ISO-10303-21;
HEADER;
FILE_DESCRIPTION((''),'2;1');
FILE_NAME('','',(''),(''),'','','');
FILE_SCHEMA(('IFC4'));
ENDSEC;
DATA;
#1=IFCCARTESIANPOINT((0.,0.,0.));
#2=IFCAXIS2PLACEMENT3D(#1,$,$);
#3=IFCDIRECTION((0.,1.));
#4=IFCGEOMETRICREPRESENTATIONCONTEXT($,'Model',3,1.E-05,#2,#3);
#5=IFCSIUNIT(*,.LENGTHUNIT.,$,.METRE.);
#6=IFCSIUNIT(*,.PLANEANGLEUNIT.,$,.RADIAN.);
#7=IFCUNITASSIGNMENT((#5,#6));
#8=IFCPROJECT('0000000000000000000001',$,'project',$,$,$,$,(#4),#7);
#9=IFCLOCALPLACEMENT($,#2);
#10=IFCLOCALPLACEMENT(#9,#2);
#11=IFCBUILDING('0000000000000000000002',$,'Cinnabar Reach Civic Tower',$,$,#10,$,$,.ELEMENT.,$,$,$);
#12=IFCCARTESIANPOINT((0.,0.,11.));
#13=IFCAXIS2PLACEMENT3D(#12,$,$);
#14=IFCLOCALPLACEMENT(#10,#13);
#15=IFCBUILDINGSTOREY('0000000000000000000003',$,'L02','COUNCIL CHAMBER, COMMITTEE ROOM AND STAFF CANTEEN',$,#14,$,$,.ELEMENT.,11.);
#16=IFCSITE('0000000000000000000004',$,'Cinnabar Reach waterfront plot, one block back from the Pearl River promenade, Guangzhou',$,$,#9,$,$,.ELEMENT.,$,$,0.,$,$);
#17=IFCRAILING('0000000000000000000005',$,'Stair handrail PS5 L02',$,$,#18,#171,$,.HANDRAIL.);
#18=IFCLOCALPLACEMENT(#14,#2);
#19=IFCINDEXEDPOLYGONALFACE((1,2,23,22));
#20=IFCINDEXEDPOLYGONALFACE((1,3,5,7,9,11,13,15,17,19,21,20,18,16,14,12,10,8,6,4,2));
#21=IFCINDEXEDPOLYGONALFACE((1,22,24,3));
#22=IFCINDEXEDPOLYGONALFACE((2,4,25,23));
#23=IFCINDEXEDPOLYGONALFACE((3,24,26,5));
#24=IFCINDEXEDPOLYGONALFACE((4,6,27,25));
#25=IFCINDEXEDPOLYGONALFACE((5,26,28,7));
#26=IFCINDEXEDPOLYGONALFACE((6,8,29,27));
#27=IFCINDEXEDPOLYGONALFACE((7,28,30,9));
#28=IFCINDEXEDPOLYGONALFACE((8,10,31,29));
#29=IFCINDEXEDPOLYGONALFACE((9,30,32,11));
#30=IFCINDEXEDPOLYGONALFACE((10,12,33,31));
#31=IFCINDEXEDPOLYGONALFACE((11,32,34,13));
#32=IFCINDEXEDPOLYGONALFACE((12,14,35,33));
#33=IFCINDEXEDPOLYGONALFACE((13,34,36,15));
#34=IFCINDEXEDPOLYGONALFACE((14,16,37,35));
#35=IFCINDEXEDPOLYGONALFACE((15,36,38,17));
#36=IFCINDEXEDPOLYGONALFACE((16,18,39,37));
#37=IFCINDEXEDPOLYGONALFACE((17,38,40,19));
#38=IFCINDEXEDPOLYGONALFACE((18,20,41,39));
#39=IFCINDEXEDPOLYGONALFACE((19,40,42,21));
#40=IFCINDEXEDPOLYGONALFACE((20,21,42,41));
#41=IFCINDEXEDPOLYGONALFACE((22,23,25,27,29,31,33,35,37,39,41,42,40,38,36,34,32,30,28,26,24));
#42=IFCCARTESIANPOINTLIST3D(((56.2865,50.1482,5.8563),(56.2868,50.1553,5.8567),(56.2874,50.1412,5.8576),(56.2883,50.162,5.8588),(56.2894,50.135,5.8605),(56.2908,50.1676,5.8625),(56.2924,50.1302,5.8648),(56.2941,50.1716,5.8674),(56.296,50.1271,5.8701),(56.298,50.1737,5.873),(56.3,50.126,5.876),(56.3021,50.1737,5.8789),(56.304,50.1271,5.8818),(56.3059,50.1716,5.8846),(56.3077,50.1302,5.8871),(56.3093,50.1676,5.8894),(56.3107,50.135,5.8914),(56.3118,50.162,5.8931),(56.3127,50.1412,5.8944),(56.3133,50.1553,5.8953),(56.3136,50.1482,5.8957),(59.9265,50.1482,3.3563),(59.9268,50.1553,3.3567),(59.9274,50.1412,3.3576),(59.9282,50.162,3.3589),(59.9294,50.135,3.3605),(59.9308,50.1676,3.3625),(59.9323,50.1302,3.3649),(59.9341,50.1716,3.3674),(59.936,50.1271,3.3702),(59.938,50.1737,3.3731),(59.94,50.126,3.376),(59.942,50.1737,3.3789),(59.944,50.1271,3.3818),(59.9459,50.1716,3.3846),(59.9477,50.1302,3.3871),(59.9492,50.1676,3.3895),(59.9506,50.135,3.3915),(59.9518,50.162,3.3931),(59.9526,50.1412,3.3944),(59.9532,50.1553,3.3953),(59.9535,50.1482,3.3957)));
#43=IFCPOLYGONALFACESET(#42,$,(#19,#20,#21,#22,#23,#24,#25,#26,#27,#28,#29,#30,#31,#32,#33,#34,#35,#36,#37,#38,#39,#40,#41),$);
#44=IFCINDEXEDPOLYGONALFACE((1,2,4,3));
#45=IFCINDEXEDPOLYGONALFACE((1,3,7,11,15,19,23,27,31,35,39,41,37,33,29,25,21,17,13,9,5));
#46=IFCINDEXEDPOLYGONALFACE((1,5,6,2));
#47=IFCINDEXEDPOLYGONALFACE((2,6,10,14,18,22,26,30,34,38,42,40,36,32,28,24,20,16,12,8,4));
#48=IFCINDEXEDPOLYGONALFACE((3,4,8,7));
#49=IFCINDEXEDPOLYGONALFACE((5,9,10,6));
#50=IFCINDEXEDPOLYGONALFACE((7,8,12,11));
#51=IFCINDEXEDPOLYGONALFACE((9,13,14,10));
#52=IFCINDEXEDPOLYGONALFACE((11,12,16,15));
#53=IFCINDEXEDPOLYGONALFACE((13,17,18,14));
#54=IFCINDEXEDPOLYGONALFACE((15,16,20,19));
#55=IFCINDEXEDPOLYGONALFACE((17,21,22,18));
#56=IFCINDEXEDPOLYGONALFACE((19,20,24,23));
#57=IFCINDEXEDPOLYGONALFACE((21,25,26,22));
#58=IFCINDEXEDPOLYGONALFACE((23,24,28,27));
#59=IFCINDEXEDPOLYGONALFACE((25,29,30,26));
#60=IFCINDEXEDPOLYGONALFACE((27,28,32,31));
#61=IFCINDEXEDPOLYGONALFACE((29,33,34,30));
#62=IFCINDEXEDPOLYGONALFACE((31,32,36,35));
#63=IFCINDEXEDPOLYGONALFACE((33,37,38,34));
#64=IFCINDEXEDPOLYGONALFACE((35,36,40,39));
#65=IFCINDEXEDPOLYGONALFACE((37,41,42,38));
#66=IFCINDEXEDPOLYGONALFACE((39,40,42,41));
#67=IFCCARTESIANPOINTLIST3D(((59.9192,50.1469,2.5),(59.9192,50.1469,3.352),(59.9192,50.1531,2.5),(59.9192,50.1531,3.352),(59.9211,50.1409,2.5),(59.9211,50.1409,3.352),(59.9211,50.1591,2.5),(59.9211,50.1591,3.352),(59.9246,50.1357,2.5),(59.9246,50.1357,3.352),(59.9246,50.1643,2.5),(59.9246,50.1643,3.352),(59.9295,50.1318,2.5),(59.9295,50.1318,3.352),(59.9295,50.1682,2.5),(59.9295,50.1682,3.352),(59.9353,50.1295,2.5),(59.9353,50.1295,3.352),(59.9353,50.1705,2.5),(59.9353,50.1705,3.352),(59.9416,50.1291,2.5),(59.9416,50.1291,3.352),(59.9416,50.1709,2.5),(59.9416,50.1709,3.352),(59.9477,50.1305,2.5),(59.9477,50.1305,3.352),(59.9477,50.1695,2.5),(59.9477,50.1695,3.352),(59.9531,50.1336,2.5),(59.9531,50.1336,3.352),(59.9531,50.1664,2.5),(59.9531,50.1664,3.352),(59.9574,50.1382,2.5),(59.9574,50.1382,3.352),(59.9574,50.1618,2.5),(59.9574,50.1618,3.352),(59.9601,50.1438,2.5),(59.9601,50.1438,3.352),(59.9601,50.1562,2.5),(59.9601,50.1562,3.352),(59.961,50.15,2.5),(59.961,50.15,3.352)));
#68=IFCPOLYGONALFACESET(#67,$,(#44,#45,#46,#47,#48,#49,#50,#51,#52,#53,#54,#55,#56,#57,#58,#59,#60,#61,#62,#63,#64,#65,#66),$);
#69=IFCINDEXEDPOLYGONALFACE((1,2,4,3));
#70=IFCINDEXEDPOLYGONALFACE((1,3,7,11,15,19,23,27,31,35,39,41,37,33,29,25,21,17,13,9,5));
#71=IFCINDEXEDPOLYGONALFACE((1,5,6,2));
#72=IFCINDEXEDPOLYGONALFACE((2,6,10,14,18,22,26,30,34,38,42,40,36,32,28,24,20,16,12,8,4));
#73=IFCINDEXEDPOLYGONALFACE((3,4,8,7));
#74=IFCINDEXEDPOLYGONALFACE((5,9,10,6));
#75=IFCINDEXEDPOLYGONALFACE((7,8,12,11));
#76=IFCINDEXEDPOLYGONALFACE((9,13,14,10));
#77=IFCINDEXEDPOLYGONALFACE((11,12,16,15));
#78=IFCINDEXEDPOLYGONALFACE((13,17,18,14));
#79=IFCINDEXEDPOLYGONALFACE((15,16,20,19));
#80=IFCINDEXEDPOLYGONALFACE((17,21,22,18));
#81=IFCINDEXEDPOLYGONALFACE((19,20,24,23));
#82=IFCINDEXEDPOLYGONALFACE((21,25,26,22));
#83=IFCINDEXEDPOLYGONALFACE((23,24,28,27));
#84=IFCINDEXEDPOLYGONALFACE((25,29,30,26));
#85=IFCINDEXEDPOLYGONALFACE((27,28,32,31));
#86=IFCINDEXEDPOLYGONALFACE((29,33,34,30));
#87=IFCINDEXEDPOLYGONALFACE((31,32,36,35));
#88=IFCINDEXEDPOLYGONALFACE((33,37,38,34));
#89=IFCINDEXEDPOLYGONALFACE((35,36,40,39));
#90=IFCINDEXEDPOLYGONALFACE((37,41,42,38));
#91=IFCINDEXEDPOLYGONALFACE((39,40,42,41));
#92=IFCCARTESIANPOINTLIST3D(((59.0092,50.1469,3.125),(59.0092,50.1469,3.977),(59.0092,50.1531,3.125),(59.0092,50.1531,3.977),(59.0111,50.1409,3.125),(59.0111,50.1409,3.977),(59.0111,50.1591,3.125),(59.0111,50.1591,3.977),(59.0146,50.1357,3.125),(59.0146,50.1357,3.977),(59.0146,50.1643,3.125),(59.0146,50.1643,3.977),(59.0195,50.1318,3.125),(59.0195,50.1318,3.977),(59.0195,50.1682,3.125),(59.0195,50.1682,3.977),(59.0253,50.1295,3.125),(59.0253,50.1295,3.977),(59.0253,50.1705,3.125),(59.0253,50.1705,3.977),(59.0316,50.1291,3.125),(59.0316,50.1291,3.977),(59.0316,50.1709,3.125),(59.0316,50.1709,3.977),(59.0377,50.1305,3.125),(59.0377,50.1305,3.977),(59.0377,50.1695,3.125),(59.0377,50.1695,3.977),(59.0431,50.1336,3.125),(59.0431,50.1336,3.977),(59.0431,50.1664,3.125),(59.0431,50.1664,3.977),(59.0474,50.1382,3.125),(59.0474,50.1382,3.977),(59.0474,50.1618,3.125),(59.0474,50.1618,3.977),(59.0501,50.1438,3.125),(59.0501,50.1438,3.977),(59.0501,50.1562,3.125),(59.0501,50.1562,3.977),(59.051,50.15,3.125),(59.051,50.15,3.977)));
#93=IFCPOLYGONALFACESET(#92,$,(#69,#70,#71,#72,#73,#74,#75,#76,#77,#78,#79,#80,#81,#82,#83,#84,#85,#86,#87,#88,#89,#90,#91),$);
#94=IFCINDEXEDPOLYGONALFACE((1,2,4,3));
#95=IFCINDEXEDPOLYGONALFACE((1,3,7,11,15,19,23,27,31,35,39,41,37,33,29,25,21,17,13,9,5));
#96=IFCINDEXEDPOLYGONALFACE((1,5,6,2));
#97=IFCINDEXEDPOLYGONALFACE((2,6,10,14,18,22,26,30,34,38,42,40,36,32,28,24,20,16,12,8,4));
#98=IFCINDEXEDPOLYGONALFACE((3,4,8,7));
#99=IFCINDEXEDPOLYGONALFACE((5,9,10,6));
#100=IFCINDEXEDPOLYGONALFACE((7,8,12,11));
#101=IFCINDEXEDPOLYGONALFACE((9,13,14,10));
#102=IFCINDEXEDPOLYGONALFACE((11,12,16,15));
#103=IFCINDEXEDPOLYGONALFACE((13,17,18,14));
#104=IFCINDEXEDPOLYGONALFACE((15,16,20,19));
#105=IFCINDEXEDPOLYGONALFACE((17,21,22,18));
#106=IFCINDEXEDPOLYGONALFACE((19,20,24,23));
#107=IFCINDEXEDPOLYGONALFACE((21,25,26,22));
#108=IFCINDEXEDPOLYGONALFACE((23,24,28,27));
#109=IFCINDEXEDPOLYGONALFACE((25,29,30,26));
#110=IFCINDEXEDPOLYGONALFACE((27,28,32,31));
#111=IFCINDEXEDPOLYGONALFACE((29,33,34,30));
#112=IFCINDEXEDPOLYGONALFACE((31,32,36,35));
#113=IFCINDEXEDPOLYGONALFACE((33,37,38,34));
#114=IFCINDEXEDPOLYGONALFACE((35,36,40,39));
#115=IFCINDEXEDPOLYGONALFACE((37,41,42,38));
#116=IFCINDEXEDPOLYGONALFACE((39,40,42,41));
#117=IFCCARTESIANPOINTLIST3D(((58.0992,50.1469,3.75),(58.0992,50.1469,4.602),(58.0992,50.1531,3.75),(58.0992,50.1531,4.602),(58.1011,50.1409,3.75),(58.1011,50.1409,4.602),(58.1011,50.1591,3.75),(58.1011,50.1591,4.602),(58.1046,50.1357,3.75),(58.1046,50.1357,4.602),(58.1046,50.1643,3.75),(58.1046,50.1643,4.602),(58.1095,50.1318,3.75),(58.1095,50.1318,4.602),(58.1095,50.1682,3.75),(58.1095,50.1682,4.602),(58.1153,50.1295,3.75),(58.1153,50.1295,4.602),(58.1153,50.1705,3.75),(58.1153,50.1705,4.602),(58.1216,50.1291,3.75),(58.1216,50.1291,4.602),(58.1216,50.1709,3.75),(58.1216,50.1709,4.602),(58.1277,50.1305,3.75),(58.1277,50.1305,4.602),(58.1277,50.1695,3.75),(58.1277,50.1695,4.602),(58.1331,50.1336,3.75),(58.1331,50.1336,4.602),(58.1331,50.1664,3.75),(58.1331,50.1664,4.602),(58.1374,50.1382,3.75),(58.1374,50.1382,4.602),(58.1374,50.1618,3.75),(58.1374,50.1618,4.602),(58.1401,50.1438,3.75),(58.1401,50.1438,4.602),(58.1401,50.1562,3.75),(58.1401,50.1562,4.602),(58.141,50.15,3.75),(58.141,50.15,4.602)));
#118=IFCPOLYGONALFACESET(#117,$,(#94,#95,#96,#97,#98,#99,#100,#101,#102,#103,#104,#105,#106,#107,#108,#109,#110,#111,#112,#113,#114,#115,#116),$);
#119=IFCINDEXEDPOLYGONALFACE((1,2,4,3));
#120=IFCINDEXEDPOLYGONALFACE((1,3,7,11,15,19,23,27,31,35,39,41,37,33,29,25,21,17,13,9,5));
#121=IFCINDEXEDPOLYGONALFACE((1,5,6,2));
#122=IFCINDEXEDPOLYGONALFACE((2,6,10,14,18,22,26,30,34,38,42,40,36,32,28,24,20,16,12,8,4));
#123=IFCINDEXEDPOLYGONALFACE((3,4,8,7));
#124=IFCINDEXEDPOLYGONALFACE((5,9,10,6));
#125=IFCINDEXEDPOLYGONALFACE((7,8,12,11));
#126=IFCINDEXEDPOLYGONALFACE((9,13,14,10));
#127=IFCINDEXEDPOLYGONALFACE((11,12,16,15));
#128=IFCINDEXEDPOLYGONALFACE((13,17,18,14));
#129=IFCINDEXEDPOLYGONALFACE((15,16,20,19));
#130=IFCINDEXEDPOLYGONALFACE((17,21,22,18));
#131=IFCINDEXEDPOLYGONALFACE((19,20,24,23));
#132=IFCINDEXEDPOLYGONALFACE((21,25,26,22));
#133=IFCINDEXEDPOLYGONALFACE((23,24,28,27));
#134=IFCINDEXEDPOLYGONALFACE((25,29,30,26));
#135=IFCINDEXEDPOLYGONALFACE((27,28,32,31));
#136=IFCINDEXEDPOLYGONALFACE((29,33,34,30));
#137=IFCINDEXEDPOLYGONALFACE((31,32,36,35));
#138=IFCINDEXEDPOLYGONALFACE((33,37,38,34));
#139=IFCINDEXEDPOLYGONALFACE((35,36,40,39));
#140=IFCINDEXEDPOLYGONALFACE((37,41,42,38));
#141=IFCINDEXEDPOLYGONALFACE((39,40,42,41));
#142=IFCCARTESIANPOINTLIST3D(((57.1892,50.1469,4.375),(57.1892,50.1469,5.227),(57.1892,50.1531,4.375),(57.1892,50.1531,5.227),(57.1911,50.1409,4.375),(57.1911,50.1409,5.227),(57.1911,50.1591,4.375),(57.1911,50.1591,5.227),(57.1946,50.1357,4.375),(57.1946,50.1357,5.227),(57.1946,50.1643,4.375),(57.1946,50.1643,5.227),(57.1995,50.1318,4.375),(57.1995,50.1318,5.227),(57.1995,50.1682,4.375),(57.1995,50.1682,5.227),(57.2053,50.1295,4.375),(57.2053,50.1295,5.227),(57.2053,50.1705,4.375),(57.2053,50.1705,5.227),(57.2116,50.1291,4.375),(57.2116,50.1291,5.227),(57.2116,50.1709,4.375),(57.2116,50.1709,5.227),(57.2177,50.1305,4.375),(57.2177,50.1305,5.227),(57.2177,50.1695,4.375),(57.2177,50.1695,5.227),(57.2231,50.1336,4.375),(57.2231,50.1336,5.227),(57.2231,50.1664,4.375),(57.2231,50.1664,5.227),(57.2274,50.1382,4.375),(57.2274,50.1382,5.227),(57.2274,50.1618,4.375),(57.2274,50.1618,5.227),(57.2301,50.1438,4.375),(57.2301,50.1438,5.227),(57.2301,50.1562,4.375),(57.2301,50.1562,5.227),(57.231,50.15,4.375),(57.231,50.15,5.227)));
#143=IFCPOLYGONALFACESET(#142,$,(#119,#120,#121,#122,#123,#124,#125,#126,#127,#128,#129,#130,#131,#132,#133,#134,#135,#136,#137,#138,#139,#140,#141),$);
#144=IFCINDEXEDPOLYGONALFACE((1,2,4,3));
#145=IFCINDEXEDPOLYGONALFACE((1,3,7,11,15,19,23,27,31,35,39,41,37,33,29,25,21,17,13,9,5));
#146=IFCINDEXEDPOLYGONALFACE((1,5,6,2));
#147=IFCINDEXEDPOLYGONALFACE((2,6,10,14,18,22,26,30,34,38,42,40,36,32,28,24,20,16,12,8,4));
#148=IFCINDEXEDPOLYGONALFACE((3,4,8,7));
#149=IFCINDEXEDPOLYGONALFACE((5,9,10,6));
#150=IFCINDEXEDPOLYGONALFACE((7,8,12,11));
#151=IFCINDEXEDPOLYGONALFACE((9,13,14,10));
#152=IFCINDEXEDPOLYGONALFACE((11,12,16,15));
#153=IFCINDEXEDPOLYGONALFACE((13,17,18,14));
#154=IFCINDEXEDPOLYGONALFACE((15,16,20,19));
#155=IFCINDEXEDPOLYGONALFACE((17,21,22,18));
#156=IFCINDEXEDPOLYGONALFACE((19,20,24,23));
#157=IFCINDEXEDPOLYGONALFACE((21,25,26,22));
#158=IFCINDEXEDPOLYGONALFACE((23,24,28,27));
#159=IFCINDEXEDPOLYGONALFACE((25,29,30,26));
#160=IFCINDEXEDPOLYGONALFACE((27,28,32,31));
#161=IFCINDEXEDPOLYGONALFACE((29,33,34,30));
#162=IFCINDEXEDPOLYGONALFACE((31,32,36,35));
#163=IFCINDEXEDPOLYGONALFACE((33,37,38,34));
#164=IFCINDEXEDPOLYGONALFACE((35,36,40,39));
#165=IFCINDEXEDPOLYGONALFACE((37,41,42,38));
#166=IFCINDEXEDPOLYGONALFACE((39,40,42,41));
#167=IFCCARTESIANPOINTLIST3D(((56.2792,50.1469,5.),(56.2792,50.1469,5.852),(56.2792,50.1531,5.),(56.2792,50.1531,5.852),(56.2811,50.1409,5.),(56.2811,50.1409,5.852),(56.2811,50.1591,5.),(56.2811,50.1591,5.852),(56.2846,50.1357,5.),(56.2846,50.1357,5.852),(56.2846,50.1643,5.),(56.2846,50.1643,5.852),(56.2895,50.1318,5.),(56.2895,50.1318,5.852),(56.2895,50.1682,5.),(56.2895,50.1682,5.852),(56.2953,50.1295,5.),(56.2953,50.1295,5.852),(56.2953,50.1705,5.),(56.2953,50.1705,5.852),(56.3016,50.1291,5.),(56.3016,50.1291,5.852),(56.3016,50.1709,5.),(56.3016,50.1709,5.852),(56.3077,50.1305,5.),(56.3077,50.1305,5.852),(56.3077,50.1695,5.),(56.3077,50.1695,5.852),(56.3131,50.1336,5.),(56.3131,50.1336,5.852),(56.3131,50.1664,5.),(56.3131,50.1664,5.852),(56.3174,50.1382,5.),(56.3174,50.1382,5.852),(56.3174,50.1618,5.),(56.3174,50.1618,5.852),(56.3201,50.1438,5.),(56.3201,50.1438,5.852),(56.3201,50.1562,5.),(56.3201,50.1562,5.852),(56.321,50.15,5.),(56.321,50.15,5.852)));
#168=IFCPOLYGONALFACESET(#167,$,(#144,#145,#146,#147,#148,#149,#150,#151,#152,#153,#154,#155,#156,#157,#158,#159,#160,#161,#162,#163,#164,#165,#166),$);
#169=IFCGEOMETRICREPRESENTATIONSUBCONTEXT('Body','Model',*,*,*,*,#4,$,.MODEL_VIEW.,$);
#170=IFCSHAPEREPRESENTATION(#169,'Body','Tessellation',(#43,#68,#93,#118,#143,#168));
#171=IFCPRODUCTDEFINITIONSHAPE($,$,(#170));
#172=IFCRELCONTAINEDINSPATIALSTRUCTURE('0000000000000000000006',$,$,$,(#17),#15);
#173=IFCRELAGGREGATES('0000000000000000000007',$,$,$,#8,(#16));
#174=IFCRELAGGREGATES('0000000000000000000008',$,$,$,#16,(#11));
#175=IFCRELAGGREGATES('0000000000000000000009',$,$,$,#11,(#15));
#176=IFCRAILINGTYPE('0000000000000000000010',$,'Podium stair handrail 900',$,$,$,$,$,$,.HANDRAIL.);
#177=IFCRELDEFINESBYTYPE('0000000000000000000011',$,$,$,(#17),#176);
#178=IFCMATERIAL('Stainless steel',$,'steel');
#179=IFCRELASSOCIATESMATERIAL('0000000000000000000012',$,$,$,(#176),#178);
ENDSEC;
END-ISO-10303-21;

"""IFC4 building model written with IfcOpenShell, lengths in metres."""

from ifc_helpers import new_model, si_unit, direction, frame, origin, origin_2d, place, context, subcontext, project, spatial, circle, extrude, material, type_object, element, save


model = new_model("IFC4")

# Units and contexts
model_context = context("Model", 3, precision=1e-05, world=origin(), true_north=direction((0.0, 1.0)))
body_context = subcontext(model_context, "Body", "Model", "MODEL_VIEW")
ifc_project = project(units=[si_unit("LENGTHUNIT", "METRE"), si_unit("PLANEANGLEUNIT", "RADIAN")], contexts=[model_context])

# Site, building, storey
site_placement = place(None, origin())
site = spatial("IfcSite", under=ifc_project, at=site_placement, Name="Cinnabar Reach waterfront plot, one block back from the Pearl River promenade, Guangzhou", CompositionType="ELEMENT", RefElevation=0.0)
building_placement = place(site_placement, origin())
building = spatial("IfcBuilding", under=site, at=building_placement, Name="Cinnabar Reach Civic Tower", CompositionType="ELEMENT")
storey_placement = place(building_placement, frame((0.0, 0.0, 11.0)))
storey = spatial("IfcBuildingStorey", under=building, at=storey_placement, Name="L02", Description="COUNCIL CHAMBER, COMMITTEE ROOM AND STAFF CANTEEN", CompositionType="ELEMENT", Elevation=11.0)

# Railing
ifc_material_1 = material(Name="Stainless steel", Category="steel")
railing_type_1 = type_object("IfcRailingType", Name="Podium stair handrail 900", PredefinedType="HANDRAIL", material=ifc_material_1)
railing_1_placement = place(storey_placement, frame((59.94, 50.15, 2.5)))
element("IfcRailing", 1, at=railing_1_placement, inside=storey, type_object=railing_type_1, Name="Stair handrail PS5 L02", PredefinedType="HANDRAIL", context=body_context, shape_type="SweptSolid", body=[
    extrude(circle(Radius=0.024, at=origin_2d()), frame((0.0, 0.0, 0.876), z_axis=(-0.824306, 0.0, 0.566144), x_axis=(0.0, -1.0, 0.0)), (0.0, 0.0, 1.0), 4.4158),
    extrude(circle(Radius=0.021, at=origin_2d()), origin(), (0.0, 0.0, 1.0), 0.852),
    extrude(circle(Radius=0.021, at=origin_2d()), frame((-0.91, 0.0, 0.625)), (0.0, 0.0, 1.0), 0.852),
    extrude(circle(Radius=0.021, at=origin_2d()), frame((-1.82, 0.0, 1.25)), (0.0, 0.0, 1.0), 0.852),
    extrude(circle(Radius=0.021, at=origin_2d()), frame((-2.73, 0.0, 1.875)), (0.0, 0.0, 1.0), 0.852),
    extrude(circle(Radius=0.021, at=origin_2d()), frame((-3.64, 0.0, 2.5)), (0.0, 0.0, 1.0), 0.852),
])

save(model, "model.ifc")
